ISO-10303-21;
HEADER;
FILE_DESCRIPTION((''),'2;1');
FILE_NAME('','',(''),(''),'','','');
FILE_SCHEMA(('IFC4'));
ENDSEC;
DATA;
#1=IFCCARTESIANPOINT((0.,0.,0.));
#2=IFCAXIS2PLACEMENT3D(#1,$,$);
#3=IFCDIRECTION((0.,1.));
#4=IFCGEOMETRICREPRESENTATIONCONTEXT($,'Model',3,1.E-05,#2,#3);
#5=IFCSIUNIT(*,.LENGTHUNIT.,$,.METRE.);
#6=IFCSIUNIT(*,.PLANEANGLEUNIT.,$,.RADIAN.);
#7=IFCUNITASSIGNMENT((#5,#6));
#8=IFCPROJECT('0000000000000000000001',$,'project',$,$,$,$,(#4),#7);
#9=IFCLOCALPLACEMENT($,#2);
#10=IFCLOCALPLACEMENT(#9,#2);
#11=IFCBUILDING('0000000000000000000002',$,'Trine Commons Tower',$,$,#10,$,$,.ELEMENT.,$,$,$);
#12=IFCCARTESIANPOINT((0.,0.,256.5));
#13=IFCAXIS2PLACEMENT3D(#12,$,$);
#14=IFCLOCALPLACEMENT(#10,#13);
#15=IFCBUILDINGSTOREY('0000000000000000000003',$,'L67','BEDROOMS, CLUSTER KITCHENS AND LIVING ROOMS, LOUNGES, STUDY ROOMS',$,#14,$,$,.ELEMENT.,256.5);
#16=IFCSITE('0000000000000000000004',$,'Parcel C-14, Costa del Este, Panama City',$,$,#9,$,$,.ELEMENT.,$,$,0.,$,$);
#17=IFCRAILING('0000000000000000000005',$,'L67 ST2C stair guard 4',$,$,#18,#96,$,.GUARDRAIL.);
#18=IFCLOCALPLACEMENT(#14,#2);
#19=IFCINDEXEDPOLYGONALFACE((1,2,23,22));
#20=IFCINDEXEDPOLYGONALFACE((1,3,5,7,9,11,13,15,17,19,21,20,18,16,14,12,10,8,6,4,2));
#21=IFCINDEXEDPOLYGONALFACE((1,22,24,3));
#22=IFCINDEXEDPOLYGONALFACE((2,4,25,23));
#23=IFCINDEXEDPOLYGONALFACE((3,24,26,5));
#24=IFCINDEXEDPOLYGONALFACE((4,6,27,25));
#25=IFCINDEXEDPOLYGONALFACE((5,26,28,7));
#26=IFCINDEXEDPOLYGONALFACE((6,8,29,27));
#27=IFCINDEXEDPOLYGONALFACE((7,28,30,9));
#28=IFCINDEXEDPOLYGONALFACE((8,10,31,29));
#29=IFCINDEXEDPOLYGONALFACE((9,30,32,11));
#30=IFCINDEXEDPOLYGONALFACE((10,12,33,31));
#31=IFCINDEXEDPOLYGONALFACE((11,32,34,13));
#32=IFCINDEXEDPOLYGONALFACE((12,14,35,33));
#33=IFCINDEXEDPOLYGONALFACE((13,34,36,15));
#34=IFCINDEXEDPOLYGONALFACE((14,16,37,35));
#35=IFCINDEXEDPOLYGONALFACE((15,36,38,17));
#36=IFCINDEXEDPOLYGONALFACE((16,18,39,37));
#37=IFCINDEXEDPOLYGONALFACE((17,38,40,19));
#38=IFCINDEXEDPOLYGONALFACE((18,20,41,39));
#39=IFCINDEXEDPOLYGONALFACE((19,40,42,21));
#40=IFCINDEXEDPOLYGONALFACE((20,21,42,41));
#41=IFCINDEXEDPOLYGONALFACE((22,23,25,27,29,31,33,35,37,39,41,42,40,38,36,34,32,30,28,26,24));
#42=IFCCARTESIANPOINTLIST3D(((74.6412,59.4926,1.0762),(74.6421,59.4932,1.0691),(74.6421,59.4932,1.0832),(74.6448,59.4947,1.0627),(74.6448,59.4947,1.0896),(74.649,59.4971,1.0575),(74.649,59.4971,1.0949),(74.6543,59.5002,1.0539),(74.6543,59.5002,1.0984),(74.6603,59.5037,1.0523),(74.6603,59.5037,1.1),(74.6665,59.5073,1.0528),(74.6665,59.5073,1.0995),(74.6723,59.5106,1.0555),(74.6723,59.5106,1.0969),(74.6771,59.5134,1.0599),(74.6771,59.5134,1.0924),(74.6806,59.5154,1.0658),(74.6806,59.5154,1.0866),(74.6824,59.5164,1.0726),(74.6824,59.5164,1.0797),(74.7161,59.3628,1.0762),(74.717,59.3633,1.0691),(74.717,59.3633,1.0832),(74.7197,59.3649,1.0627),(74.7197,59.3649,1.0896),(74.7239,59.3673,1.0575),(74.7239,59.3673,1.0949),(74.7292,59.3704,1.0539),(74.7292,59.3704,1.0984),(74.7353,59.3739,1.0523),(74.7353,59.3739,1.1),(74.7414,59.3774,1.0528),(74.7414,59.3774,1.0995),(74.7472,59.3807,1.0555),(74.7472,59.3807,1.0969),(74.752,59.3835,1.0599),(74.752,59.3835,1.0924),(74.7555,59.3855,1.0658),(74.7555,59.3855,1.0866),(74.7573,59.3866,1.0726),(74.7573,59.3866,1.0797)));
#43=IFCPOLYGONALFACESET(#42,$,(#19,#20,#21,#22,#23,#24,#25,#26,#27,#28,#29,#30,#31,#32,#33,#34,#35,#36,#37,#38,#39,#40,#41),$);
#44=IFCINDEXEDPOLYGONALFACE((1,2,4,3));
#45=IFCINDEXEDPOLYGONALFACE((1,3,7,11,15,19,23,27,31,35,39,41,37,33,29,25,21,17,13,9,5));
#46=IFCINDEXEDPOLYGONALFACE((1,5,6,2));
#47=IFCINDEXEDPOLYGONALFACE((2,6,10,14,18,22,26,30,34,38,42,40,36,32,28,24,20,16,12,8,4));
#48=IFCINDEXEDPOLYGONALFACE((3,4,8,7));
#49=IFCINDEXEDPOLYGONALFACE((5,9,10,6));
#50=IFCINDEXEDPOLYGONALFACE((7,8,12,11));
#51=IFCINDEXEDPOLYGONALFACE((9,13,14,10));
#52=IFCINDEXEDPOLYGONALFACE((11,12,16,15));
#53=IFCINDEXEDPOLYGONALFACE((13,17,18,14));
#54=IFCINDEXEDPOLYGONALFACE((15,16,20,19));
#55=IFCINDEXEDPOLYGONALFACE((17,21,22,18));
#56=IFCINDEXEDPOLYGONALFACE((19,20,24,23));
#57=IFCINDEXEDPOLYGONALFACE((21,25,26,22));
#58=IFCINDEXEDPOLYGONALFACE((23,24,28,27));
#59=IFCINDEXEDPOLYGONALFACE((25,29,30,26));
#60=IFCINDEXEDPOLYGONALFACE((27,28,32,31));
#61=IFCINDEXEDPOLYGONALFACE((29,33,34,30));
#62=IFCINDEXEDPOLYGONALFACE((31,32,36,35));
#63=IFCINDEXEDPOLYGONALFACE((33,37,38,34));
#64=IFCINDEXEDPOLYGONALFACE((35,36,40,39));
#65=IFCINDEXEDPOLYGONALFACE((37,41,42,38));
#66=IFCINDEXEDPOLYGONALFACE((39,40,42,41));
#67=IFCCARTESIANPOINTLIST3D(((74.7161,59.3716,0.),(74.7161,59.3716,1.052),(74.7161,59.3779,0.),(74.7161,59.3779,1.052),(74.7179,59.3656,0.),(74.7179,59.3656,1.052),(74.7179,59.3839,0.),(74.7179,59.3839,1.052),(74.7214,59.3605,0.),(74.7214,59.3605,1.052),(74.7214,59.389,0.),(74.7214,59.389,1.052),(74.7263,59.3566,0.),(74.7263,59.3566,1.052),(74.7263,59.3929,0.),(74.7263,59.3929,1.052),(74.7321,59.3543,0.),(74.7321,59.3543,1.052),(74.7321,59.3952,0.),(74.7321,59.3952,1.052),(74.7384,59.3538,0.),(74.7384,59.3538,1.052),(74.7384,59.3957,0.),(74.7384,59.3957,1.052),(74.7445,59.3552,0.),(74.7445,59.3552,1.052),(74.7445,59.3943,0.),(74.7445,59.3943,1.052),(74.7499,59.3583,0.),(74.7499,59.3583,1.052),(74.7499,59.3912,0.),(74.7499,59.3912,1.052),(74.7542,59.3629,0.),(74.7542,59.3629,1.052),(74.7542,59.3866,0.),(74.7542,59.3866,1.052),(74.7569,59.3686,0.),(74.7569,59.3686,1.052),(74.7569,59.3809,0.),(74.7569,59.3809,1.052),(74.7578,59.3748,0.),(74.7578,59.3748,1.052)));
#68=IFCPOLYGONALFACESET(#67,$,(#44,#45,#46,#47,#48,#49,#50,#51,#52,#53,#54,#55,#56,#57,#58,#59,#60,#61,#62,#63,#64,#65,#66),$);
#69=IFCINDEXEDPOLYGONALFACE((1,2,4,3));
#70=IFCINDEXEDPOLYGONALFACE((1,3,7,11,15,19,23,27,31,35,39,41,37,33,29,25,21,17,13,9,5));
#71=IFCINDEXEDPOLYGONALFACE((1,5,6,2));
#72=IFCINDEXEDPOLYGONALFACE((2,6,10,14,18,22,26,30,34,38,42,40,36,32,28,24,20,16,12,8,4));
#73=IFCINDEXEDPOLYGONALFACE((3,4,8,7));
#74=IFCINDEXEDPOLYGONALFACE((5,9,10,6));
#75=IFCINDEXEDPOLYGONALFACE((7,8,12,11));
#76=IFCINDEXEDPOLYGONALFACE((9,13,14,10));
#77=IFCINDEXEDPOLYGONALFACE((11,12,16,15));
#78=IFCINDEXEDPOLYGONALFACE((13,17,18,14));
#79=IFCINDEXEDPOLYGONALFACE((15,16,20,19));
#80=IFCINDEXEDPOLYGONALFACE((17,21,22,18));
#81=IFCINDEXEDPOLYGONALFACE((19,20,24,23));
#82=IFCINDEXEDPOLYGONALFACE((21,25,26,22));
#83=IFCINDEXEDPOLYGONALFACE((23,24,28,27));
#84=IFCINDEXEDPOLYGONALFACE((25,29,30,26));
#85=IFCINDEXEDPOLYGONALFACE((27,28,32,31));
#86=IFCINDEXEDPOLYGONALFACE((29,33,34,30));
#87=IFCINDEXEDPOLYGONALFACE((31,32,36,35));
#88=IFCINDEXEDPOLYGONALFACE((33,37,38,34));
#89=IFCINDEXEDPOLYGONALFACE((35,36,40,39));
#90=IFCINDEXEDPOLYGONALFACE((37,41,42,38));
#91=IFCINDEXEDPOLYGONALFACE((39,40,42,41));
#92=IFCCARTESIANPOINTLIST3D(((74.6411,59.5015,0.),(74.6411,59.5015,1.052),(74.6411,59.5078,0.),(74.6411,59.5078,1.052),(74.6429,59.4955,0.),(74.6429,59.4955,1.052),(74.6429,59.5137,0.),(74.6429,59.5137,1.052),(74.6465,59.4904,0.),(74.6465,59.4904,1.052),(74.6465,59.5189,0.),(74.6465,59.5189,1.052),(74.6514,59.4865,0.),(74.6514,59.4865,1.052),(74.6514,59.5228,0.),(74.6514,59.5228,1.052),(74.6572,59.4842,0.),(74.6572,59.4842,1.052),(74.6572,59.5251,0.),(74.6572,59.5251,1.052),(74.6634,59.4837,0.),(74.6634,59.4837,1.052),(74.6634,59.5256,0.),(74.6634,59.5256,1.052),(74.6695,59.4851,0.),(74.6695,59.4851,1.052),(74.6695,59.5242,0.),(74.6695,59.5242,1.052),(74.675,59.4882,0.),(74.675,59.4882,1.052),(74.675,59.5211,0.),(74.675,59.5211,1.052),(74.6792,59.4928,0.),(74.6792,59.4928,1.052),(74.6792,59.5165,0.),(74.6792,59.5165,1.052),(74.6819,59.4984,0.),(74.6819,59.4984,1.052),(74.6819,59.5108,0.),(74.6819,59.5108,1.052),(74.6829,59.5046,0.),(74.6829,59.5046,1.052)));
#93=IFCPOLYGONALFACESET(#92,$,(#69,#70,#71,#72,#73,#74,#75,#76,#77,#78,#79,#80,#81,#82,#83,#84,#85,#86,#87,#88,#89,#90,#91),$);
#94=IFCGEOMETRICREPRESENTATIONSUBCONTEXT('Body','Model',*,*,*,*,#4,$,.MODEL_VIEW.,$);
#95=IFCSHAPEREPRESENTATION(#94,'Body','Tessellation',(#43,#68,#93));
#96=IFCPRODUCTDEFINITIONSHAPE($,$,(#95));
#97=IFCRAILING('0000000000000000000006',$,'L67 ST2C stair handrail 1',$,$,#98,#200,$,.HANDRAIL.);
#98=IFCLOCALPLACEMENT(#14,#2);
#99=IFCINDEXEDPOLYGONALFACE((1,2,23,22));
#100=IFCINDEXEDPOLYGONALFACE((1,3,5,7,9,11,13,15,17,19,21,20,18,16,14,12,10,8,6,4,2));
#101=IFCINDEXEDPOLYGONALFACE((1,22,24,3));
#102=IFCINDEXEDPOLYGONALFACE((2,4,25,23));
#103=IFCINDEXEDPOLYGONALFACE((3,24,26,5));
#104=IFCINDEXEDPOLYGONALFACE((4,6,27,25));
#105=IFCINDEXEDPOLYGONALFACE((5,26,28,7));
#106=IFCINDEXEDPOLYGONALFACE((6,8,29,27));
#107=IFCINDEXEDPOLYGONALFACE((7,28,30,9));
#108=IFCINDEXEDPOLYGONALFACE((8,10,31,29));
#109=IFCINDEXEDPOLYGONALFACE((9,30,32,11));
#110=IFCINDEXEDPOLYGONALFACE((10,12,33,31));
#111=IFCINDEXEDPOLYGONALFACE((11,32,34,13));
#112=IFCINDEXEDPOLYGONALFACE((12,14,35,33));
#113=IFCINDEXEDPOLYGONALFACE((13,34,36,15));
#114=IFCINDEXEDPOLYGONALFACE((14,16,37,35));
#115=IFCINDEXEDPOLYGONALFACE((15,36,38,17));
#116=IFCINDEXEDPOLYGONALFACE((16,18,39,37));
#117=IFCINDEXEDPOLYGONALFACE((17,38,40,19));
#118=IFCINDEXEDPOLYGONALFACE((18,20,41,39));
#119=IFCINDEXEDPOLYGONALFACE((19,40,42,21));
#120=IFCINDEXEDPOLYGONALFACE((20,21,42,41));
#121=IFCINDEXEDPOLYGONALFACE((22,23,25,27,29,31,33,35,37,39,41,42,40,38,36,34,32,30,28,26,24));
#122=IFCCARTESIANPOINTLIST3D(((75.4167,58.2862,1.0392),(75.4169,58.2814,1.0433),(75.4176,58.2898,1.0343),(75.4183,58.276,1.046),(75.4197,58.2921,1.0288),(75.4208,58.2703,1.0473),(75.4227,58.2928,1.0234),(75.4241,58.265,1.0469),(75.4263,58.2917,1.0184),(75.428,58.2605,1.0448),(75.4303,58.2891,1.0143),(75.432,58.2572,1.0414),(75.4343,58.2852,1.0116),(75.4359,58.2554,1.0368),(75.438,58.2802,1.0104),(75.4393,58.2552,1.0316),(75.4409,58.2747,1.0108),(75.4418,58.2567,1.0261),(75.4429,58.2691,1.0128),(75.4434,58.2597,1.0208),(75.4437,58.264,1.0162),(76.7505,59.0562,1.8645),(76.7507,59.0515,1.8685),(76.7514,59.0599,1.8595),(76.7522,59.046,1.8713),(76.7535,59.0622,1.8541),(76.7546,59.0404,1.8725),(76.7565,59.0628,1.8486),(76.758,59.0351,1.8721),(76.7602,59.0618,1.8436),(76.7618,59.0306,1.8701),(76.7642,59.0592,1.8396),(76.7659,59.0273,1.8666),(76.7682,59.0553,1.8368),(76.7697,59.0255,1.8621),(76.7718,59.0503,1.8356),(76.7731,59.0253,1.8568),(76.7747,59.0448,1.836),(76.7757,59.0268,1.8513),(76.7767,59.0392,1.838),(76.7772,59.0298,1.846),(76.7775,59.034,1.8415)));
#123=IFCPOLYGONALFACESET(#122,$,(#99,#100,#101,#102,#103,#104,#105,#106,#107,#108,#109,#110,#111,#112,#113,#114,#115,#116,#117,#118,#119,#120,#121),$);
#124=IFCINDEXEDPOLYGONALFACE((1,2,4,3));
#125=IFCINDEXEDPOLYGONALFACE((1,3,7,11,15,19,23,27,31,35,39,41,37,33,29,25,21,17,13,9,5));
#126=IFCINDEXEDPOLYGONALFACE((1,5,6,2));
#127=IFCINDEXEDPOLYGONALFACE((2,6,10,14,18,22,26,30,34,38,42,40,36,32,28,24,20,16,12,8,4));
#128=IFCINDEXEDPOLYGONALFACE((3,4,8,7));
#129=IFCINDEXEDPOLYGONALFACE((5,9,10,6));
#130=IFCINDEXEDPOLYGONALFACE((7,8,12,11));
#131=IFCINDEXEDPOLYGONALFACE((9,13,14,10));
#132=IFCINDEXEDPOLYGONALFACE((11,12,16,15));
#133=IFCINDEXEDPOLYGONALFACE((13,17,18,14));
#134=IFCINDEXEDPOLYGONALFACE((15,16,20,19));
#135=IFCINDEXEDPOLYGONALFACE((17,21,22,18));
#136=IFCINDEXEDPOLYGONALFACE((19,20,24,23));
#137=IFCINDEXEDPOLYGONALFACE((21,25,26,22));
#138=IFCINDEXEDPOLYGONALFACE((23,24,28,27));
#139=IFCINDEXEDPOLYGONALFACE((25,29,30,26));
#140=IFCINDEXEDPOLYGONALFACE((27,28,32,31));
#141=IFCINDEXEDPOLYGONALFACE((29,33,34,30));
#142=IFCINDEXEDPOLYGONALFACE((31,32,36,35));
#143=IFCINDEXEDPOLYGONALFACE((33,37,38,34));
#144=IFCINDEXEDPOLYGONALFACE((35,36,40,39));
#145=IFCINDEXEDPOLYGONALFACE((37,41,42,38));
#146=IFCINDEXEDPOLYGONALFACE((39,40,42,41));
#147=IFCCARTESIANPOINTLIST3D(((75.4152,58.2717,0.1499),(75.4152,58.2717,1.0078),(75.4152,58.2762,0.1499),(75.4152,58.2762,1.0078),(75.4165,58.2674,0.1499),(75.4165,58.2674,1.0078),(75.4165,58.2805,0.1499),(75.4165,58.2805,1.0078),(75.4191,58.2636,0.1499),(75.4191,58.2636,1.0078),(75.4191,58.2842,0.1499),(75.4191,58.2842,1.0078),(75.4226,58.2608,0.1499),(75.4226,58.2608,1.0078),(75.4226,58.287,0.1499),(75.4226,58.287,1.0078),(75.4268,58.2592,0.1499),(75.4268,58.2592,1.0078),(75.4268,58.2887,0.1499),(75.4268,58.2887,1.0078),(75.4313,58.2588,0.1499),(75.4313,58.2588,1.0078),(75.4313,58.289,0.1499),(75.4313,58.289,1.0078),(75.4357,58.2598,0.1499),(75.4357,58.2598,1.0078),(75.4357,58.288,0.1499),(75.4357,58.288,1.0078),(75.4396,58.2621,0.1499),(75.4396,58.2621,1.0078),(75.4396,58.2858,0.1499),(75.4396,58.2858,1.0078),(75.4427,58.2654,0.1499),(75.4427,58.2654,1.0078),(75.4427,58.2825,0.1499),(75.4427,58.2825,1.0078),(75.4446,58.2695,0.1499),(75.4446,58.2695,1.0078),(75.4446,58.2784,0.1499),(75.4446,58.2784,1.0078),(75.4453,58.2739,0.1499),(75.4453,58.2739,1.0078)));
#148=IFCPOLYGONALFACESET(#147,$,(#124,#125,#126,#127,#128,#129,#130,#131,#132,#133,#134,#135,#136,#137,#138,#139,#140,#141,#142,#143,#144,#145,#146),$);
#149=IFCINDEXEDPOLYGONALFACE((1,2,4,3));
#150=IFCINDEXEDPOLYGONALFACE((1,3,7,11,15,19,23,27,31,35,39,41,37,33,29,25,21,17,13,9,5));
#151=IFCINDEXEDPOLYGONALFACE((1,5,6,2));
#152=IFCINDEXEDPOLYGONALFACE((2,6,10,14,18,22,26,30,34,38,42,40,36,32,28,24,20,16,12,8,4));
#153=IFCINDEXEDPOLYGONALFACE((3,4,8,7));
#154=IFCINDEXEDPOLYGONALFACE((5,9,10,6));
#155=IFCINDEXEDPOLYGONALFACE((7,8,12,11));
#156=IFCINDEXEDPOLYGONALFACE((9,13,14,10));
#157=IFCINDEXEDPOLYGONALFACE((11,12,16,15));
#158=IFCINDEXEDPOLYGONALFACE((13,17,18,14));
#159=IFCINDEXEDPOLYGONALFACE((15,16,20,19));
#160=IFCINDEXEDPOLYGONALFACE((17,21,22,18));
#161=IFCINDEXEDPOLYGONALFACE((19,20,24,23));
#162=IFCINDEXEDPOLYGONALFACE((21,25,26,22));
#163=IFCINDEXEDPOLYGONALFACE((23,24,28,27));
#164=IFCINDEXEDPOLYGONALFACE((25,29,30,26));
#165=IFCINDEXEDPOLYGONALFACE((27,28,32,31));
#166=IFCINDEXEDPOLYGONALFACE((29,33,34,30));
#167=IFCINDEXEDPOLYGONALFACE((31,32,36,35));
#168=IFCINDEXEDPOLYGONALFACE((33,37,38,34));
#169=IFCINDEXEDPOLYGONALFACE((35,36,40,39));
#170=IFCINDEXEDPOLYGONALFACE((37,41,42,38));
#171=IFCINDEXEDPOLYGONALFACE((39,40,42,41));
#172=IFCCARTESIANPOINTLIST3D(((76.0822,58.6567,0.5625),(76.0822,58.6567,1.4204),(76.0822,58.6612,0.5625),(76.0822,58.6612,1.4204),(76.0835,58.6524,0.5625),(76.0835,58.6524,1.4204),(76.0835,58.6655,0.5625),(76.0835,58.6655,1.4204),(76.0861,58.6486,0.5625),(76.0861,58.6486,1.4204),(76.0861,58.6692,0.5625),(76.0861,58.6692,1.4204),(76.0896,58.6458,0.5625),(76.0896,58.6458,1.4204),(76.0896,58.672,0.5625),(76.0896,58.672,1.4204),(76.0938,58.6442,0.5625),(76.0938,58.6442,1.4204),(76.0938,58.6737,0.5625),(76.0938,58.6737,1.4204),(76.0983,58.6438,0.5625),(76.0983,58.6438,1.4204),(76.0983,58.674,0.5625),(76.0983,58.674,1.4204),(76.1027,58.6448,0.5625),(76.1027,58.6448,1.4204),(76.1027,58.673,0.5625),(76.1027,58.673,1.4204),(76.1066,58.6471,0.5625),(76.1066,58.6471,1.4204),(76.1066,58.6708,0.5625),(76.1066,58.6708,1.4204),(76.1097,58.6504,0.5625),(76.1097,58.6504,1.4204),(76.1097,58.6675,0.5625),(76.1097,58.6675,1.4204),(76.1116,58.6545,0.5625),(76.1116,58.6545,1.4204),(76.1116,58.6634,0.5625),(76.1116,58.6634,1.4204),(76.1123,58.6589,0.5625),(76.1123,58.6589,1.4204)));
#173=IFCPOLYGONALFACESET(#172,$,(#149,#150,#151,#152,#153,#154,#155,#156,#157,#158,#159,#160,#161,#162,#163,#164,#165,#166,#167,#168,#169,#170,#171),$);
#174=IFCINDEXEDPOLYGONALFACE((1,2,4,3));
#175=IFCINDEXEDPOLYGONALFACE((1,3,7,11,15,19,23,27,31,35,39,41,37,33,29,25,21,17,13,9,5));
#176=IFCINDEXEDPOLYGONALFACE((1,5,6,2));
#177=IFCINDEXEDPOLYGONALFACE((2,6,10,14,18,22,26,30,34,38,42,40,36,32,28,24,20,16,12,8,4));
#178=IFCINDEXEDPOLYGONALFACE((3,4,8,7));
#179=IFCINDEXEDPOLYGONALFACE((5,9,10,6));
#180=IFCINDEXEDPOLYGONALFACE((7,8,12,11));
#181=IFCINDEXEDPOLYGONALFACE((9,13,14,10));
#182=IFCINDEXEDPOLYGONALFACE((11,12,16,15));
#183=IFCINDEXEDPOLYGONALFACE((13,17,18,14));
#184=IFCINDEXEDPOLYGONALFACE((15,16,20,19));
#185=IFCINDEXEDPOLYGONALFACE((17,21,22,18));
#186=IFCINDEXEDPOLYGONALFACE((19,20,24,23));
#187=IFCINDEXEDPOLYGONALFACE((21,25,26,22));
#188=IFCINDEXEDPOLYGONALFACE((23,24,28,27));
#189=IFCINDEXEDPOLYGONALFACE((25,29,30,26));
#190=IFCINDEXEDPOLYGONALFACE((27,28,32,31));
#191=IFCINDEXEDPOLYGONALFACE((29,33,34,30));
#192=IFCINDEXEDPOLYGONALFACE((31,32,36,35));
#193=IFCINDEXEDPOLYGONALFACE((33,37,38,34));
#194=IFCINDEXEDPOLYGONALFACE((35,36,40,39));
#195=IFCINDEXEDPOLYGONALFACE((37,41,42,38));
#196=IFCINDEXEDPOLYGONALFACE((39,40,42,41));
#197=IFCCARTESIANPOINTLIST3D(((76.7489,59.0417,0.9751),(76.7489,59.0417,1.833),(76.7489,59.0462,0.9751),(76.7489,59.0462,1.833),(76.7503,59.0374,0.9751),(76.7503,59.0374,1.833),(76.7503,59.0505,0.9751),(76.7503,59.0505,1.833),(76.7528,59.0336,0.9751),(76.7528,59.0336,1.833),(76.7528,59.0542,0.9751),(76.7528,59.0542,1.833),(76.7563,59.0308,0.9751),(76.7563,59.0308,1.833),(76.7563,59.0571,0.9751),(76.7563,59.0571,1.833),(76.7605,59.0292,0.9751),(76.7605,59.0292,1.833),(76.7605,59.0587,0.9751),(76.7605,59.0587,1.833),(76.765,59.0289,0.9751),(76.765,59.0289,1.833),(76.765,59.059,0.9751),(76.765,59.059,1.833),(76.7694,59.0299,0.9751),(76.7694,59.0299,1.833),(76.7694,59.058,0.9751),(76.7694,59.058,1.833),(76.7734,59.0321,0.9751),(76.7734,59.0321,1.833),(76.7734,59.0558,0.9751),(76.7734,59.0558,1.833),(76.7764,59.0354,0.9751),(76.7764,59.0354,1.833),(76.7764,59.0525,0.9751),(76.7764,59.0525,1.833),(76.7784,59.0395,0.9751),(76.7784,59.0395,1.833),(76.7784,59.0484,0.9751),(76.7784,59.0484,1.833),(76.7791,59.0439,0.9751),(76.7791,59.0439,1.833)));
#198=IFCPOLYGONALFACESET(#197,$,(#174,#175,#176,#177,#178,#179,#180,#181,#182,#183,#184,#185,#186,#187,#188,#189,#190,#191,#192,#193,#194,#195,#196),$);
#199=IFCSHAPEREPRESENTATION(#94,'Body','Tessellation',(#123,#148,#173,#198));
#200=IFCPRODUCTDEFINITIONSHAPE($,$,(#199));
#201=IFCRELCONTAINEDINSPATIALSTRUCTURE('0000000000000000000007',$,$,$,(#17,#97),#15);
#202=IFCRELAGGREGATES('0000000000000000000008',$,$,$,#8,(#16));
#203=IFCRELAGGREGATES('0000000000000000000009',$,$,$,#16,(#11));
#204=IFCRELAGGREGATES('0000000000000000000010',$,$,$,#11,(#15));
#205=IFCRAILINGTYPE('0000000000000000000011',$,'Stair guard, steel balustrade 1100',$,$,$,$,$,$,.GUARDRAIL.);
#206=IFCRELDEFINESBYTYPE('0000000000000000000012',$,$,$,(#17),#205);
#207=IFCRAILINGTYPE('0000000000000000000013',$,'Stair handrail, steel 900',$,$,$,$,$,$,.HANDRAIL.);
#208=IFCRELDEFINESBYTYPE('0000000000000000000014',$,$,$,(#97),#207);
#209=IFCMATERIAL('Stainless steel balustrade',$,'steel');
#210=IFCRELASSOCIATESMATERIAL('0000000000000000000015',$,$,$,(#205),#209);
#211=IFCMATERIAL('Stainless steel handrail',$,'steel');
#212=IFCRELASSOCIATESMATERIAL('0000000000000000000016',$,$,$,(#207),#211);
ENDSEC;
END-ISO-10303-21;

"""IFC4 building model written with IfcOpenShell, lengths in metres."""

from ifc_helpers import new_model, si_unit, direction, frame, origin, origin_2d, place, context, subcontext, project, spatial, circle, extrude, material, type_object, element, save


model = new_model("IFC4")

# Units and contexts
model_context = context("Model", 3, precision=1e-05, world=origin(), true_north=direction((0.0, 1.0)))
body_context = subcontext(model_context, "Body", "Model", "MODEL_VIEW")
ifc_project = project(units=[si_unit("LENGTHUNIT", "METRE"), si_unit("PLANEANGLEUNIT", "RADIAN")], contexts=[model_context])

# Site, building, storey
site_placement = place(None, origin())
site = spatial("IfcSite", under=ifc_project, at=site_placement, Name="Parcel C-14, Costa del Este, Panama City", CompositionType="ELEMENT", RefElevation=0.0)
building_placement = place(site_placement, origin())
building = spatial("IfcBuilding", under=site, at=building_placement, Name="Trine Commons Tower", CompositionType="ELEMENT")
storey_placement = place(building_placement, frame((0.0, 0.0, 256.5)))
storey = spatial("IfcBuildingStorey", under=building, at=storey_placement, Name="L67", Description="BEDROOMS, CLUSTER KITCHENS AND LIVING ROOMS, LOUNGES, STUDY ROOMS", CompositionType="ELEMENT", Elevation=256.5)

# Railings
ifc_material_1 = material(Name="Stainless steel balustrade", Category="steel")
railing_type_1 = type_object("IfcRailingType", Name="Stair guard, steel balustrade 1100", PredefinedType="GUARDRAIL", material=ifc_material_1)
railing_1_placement = place(storey_placement, frame((74.7368, 59.3748, 0.0)))
element("IfcRailing", 1, at=railing_1_placement, inside=storey, type_object=railing_type_1, Name="L67 ST2C stair guard 4", PredefinedType="GUARDRAIL", context=body_context, shape_type="SweptSolid", body=[
    extrude(circle(Radius=0.0239, at=origin_2d()), frame((0.0, 0.0, 1.0762), z_axis=(-0.499816, 0.866131, 0.0), x_axis=(-0.866131, -0.499816, 0.0)), (0.0, 0.0, 1.0), 0.1499),
    extrude(circle(Radius=0.021, at=origin_2d()), origin(), (0.0, 0.0, 1.0), 1.052),
    extrude(circle(Radius=0.021, at=origin_2d()), frame((-0.075, 0.1299, 0.0)), (0.0, 0.0, 1.0), 1.052),
])
ifc_material_2 = material(Name="Stainless steel handrail", Category="steel")
railing_type_2 = type_object("IfcRailingType", Name="Stair handrail, steel 900", PredefinedType="HANDRAIL", material=ifc_material_2)
railing_2_placement = place(storey_placement, frame((75.4302, 58.2739, 0.1499)))
element("IfcRailing", 2, at=railing_2_placement, inside=storey, type_object=railing_type_2, Name="L67 ST2C stair handrail 1", PredefinedType="HANDRAIL", context=body_context, shape_type="SweptSolid", body=[
    extrude(circle(Radius=0.021, at=origin_2d()), frame((0.0, 0.0, 0.8789), z_axis=(0.763355, 0.440714, 0.472293), x_axis=(-0.499992, 0.86603, 0.0)), (0.0, 0.0, 1.0), 1.7473),
    extrude(circle(Radius=0.0151, at=origin_2d()), origin(), (0.0, 0.0, 1.0), 0.8579),
    extrude(circle(Radius=0.0151, at=origin_2d()), frame((0.667, 0.385, 0.4126)), (0.0, 0.0, 1.0), 0.8579),
    extrude(circle(Radius=0.0151, at=origin_2d()), frame((1.3337, 0.77, 0.8252)), (0.0, 0.0, 1.0), 0.8579),
])

save(model, "model.ifc")
